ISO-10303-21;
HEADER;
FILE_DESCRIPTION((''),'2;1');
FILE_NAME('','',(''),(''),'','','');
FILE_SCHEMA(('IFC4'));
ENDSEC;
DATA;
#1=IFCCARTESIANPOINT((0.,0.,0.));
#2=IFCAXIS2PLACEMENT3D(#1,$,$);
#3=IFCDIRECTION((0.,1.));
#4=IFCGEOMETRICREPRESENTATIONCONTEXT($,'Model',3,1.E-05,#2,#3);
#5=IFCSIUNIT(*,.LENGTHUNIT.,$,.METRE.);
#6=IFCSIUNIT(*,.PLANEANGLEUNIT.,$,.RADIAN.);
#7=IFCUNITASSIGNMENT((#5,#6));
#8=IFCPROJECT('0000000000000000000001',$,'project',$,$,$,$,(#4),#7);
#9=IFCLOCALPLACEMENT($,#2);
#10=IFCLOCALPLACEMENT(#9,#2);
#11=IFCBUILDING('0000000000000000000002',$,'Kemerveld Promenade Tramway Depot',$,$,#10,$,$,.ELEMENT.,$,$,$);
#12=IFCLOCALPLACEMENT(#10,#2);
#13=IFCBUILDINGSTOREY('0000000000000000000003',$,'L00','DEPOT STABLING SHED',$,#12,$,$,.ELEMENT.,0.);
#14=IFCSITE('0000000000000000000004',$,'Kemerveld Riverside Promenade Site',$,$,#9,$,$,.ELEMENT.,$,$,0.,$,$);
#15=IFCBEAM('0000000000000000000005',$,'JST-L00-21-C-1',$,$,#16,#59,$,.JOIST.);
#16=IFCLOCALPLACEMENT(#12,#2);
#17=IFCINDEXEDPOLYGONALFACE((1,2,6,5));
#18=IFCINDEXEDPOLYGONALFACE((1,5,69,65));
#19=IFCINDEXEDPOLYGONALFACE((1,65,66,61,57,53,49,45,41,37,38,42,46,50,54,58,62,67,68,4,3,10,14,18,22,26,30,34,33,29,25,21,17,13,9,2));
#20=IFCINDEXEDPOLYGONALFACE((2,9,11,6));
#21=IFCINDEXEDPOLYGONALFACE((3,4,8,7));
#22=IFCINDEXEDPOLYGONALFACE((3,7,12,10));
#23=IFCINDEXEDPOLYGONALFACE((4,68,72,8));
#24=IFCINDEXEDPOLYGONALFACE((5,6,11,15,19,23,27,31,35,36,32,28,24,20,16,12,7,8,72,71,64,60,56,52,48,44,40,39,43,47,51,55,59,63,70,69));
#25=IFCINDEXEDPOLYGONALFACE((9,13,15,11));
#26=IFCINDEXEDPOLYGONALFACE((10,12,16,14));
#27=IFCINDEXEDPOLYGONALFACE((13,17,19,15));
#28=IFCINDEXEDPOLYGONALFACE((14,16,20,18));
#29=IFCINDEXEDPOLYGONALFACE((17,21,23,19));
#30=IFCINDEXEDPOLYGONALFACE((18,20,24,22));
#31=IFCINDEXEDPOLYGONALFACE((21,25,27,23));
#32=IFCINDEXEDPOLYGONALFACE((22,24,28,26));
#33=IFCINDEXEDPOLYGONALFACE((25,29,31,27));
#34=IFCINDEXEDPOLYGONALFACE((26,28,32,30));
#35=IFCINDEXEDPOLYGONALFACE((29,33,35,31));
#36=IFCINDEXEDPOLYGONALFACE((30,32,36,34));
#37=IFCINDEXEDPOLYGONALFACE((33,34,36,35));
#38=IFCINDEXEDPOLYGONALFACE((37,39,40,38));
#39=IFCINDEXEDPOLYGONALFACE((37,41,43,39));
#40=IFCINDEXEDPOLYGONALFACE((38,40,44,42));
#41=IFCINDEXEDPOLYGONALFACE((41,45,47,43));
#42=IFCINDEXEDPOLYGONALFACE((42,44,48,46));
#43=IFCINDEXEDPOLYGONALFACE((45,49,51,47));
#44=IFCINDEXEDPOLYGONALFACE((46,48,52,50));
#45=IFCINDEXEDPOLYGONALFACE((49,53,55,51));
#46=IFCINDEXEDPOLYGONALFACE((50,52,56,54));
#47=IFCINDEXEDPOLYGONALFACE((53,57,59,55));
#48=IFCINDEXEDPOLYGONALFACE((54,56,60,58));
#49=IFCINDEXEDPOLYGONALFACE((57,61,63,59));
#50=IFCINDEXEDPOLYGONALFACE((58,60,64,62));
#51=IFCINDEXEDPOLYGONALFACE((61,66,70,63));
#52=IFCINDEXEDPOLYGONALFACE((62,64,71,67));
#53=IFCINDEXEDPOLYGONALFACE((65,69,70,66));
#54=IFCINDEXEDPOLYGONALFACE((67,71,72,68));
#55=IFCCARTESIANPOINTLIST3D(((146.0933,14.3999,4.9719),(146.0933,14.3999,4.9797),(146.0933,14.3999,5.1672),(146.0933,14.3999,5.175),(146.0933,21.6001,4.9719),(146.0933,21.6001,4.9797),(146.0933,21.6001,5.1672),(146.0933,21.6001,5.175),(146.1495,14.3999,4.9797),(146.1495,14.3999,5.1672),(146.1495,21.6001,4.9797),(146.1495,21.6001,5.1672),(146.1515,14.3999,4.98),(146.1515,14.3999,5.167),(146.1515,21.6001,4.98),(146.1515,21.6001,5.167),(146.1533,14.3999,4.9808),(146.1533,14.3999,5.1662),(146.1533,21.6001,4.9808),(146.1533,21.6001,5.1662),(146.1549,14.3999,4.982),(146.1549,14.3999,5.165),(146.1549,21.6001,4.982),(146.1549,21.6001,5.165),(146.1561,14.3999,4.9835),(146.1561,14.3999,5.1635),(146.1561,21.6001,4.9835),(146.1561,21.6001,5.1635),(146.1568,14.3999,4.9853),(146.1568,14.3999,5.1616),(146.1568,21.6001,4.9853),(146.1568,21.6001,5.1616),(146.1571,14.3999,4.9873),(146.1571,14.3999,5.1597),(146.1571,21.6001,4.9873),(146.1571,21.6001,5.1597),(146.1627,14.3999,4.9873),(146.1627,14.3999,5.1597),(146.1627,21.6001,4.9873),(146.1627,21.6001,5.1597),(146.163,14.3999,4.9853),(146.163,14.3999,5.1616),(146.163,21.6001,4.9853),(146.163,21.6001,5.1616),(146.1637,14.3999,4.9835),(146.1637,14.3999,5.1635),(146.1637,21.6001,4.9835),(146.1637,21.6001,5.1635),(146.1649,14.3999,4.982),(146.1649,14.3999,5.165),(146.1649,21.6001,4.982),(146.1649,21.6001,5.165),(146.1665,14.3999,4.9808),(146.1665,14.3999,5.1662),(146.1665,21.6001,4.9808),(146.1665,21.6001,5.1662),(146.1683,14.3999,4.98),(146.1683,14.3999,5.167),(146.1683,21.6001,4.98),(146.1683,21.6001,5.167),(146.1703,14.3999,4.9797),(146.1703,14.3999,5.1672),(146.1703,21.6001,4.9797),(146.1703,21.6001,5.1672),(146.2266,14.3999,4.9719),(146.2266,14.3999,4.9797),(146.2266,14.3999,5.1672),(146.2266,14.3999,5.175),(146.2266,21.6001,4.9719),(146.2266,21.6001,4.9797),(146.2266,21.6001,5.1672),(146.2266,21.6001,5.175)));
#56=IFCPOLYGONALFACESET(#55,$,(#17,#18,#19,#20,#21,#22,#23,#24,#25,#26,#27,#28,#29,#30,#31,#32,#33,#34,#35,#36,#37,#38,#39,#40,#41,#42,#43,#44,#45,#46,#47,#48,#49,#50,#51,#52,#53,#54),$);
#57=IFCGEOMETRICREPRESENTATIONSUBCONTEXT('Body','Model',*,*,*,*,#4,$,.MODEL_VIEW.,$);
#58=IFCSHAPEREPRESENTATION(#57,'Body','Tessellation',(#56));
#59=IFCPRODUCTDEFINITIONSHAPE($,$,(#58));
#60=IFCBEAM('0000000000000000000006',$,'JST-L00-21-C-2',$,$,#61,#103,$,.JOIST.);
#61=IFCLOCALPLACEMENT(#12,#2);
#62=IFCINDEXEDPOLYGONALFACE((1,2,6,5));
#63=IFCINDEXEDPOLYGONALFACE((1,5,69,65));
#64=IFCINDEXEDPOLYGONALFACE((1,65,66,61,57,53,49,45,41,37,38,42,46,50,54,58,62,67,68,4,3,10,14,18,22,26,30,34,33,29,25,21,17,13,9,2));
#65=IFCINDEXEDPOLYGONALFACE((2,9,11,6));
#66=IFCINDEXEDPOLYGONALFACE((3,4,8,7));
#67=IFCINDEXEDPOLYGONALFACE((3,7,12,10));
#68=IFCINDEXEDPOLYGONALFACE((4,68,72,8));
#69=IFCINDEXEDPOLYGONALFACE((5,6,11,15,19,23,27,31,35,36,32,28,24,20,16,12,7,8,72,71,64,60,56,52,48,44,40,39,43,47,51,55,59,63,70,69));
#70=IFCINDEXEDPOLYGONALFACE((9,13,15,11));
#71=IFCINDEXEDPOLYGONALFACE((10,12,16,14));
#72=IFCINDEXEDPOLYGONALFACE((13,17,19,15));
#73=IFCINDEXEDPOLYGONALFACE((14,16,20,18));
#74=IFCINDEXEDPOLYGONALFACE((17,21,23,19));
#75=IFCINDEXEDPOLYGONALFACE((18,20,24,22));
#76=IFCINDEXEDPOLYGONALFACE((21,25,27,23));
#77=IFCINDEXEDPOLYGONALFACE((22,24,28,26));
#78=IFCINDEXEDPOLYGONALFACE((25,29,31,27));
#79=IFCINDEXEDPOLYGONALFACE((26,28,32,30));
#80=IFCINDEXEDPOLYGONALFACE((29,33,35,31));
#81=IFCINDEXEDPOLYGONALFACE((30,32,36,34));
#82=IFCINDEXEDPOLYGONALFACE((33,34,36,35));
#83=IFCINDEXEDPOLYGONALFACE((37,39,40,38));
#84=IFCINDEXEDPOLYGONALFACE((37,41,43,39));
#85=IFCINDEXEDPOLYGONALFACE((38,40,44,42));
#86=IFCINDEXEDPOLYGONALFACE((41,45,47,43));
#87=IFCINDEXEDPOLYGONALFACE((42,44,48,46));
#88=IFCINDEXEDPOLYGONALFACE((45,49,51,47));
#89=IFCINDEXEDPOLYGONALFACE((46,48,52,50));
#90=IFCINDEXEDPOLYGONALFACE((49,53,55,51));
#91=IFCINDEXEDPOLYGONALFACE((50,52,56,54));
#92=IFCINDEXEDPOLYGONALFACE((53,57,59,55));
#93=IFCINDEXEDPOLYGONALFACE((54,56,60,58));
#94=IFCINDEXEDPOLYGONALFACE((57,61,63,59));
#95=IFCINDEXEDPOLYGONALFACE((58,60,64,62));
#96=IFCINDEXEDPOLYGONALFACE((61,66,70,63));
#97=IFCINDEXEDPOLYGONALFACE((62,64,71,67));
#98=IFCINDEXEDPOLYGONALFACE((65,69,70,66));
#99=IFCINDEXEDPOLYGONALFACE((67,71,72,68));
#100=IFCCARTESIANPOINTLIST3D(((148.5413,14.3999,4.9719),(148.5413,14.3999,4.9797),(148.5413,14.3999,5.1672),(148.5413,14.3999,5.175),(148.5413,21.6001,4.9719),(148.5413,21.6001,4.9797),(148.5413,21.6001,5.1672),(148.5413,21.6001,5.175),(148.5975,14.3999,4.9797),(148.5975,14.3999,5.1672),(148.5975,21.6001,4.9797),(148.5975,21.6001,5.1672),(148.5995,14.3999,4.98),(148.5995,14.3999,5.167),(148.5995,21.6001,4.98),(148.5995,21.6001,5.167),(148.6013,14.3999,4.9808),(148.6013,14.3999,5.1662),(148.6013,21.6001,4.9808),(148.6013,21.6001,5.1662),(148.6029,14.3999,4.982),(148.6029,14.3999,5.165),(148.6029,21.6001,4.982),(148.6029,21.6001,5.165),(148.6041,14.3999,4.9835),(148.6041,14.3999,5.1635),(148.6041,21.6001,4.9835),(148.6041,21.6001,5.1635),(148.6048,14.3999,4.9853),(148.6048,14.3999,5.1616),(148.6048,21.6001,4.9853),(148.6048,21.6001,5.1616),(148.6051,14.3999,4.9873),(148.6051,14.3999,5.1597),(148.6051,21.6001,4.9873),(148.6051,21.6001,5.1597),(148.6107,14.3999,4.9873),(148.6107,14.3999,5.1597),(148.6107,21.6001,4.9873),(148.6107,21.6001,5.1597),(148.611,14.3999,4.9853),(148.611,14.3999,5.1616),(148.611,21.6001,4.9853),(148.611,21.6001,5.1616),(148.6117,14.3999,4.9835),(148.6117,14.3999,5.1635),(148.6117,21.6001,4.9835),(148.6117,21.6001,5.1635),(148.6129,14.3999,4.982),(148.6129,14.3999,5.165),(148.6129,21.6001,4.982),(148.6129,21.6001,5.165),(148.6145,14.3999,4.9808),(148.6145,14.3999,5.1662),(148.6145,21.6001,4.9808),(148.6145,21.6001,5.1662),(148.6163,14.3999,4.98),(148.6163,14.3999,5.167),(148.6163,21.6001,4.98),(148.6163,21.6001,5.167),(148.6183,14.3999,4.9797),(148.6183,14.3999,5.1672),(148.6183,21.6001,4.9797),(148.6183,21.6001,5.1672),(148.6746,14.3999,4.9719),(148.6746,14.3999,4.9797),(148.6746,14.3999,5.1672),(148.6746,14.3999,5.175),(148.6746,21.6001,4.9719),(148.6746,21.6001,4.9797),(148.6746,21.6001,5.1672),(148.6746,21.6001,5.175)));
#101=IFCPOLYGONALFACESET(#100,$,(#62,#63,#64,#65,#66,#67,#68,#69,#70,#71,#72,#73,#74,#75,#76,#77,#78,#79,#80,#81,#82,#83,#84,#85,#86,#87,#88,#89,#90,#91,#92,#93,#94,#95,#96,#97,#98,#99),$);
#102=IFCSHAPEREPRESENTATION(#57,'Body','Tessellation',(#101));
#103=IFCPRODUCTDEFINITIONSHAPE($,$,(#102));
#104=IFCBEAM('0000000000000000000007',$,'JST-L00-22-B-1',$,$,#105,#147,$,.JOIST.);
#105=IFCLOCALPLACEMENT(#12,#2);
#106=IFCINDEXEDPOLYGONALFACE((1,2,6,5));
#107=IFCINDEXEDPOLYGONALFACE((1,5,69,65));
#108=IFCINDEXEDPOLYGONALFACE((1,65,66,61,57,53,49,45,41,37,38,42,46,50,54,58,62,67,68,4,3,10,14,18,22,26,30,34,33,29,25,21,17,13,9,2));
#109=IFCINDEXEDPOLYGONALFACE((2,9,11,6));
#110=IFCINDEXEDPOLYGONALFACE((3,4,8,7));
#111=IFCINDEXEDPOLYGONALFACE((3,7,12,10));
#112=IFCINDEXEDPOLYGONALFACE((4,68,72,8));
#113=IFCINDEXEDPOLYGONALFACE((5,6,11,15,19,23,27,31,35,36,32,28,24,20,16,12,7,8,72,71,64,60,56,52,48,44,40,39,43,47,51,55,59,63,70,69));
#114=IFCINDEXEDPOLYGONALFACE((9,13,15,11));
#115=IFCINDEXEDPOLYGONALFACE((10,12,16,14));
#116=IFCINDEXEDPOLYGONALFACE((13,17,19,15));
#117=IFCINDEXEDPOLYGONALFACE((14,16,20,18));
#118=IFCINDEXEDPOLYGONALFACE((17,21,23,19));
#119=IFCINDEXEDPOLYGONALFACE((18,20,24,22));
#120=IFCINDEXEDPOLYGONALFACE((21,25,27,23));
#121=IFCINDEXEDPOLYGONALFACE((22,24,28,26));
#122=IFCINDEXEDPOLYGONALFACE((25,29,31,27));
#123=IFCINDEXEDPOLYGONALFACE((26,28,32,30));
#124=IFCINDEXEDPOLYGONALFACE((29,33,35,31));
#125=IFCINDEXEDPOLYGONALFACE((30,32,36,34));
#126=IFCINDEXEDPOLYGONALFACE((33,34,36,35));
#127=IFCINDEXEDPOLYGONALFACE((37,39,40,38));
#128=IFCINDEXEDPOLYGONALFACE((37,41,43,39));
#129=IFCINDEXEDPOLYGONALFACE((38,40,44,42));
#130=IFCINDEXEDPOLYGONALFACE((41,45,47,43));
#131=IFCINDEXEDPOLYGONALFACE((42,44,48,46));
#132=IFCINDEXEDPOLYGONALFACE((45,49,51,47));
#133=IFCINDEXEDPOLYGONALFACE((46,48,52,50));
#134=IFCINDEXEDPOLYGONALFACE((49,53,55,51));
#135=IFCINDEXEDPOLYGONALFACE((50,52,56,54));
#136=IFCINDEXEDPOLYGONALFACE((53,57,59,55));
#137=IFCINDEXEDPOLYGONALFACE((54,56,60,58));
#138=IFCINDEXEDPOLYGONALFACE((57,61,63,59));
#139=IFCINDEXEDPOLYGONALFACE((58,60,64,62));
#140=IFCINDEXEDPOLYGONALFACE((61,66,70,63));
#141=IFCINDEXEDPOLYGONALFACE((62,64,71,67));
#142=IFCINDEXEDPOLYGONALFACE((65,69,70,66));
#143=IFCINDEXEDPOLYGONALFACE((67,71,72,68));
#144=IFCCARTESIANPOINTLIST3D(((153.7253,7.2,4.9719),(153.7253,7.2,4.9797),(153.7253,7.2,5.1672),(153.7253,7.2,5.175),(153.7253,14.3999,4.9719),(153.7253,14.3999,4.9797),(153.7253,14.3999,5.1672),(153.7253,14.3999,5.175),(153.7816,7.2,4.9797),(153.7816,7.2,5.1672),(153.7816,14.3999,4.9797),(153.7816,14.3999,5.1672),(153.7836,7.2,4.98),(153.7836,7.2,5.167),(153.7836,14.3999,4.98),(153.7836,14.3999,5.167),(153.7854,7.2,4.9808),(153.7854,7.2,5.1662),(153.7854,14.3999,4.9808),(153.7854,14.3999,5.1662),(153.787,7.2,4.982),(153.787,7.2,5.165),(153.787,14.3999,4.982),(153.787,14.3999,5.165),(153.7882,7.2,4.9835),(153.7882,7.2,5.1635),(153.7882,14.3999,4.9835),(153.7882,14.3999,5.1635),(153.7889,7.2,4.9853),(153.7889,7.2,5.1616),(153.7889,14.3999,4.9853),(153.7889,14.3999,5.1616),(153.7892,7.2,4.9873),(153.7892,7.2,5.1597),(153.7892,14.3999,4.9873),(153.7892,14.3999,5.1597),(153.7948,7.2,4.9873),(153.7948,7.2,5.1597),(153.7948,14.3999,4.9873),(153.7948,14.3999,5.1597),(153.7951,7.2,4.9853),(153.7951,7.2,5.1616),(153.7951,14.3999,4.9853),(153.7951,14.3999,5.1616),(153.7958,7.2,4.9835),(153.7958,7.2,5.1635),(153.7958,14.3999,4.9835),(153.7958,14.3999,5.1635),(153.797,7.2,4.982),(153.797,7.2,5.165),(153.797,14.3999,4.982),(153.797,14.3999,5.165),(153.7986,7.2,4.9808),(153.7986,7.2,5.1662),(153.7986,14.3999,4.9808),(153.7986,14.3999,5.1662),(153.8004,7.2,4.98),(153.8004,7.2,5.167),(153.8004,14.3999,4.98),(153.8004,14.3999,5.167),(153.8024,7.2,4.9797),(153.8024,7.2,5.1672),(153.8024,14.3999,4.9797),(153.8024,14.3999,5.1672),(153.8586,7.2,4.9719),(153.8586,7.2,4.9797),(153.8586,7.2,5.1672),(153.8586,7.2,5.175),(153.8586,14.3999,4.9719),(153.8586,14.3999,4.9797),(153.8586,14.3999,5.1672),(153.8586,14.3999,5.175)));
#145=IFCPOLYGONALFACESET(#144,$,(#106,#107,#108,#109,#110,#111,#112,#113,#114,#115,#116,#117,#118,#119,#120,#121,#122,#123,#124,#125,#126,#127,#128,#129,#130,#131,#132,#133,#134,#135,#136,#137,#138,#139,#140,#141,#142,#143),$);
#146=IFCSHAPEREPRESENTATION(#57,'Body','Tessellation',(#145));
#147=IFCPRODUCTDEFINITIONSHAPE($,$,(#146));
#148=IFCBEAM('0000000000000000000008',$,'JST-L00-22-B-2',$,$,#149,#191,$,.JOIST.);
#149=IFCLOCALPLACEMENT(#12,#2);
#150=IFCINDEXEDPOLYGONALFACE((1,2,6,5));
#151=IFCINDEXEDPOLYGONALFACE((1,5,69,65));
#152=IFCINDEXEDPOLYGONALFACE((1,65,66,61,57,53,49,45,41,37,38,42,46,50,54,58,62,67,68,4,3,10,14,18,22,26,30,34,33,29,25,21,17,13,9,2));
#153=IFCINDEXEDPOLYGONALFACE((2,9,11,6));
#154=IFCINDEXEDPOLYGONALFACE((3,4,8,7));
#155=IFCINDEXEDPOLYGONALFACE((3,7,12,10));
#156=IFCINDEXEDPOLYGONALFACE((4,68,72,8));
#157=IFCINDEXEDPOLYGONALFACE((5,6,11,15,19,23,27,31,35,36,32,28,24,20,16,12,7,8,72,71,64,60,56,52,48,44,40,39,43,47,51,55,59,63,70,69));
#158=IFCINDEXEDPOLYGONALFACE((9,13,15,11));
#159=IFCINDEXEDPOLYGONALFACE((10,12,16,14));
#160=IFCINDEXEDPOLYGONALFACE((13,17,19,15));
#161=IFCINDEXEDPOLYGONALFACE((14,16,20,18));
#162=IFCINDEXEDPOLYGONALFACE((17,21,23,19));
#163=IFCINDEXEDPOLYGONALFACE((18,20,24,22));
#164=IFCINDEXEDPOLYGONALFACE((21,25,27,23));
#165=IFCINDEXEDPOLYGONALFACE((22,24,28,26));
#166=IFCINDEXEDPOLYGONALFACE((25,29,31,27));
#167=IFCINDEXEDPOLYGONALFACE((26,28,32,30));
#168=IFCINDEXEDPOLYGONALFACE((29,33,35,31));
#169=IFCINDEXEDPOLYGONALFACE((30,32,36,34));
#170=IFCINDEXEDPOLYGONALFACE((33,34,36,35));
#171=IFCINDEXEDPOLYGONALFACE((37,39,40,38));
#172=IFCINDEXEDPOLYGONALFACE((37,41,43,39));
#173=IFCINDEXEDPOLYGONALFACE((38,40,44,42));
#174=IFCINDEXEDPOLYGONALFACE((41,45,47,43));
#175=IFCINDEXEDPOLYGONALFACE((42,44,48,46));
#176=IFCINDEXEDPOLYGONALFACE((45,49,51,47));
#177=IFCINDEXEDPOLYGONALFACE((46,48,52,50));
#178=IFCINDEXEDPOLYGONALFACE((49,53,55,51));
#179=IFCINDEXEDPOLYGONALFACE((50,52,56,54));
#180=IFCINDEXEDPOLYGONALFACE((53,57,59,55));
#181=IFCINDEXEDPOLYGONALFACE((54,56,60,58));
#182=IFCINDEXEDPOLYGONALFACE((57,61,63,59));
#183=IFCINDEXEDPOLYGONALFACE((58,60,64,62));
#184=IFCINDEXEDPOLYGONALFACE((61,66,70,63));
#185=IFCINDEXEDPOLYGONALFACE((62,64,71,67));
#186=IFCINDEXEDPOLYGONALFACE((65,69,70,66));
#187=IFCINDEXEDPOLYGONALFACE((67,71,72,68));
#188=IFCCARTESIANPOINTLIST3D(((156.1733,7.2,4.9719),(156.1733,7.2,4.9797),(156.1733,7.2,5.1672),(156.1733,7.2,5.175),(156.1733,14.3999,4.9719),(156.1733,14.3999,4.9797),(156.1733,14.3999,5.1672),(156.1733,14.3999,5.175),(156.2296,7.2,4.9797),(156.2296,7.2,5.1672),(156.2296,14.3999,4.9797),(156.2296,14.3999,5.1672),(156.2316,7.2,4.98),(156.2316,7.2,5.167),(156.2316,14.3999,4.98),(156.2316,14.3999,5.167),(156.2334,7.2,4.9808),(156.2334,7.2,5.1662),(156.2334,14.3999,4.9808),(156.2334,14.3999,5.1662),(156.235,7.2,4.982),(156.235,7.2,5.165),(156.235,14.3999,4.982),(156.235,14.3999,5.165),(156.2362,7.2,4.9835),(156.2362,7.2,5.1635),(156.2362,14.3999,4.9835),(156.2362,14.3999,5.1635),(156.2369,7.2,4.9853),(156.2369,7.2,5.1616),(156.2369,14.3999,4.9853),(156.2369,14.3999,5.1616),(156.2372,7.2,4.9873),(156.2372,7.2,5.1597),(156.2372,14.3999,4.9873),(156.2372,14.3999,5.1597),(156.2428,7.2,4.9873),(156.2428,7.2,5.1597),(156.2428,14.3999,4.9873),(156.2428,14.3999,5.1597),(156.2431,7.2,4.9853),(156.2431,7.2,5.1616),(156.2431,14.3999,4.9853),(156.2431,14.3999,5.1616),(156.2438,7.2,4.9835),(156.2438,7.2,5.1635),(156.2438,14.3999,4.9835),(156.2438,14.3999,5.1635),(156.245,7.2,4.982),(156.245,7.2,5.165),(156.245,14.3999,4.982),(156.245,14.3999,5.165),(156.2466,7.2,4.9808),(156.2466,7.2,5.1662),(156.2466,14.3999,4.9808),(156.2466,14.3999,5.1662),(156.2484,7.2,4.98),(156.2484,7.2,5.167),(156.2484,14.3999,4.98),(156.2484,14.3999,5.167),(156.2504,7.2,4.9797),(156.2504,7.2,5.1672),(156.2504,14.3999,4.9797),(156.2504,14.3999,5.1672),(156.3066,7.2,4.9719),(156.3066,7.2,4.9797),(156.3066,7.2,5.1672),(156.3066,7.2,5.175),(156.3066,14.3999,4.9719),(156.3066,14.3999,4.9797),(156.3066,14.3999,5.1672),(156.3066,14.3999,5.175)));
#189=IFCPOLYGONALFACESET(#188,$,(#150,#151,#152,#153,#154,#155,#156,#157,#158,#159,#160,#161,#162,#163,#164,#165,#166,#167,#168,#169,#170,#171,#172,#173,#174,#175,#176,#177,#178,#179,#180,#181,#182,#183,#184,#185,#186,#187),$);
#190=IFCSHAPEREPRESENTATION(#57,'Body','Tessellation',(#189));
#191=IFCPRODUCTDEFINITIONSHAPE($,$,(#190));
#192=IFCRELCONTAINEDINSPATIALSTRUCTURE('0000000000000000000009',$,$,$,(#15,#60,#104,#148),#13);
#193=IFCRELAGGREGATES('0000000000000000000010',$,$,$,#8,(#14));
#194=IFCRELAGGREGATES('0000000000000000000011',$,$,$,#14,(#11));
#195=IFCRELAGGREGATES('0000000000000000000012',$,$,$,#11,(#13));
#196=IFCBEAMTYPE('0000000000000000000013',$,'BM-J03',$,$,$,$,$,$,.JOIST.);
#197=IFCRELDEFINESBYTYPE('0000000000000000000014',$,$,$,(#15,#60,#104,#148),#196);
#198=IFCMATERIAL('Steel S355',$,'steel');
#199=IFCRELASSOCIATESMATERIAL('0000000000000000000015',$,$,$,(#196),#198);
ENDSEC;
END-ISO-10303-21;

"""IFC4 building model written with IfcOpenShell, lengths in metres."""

from ifc_helpers import new_model, si_unit, direction, frame, origin, origin_2d, place, context, subcontext, project, spatial, i_section, extrude, material, material_profile, profile_set, type_object, element, save


model = new_model("IFC4")

# Units and contexts
model_context = context("Model", 3, precision=1e-05, world=origin(), true_north=direction((0.0, 1.0)))
body_context = subcontext(model_context, "Body", "Model", "MODEL_VIEW")
ifc_project = project(units=[si_unit("LENGTHUNIT", "METRE"), si_unit("PLANEANGLEUNIT", "RADIAN")], contexts=[model_context])

# Site, building, storey
site_placement = place(None, origin())
site = spatial("IfcSite", under=ifc_project, at=site_placement, Name="Kemerveld Riverside Promenade Site", CompositionType="ELEMENT", RefElevation=0.0)
building_placement = place(site_placement, origin())
building = spatial("IfcBuilding", under=site, at=building_placement, Name="Kemerveld Promenade Tramway Depot", CompositionType="ELEMENT")
storey_placement = place(building_placement, origin())
storey = spatial("IfcBuildingStorey", under=building, at=storey_placement, Name="L00", Description="DEPOT STABLING SHED", CompositionType="ELEMENT", Elevation=0.0)

# Shared definitions
ifc_material_1 = material(Name="Steel S355", Category="steel")

# Beams
ifc_material_profile_1 = material_profile(ifc_material_1, i_section(OverallWidth=0.1333, OverallDepth=0.2031, WebThickness=0.0056, FlangeThickness=0.0078, FilletRadius=0.0076, at=origin_2d()), Name="203x133x25 UB")
ifc_profile_set_1 = profile_set([ifc_material_profile_1], Name="Steel S355")
beam_type_1 = type_object("IfcBeamType", Name="BM-J03", PredefinedType="JOIST", material=ifc_profile_set_1)
for number, where, z_axis, x_axis, name in (
    (1, (146.1599, 14.3999, 5.0735), (0.0, 1.0, 0.0), (-1.0, 0.0, 0.0), "JST-L00-21-C-1"),
    (2, (148.6079, 14.3999, 5.0735), (0.0, 1.0, 0.0), (-1.0, 0.0, 0.0), "JST-L00-21-C-2"),
):
    element("IfcBeam", number, at=place(storey_placement, frame(where, z_axis=z_axis, x_axis=x_axis)), inside=storey, type_object=beam_type_1, Name=name, PredefinedType="JOIST", context=body_context, shape_type="SweptSolid", body=[
        extrude(i_section(OverallWidth=0.1333, OverallDepth=0.2031, WebThickness=0.0056, FlangeThickness=0.0078, FilletRadius=0.0076, at=origin_2d()), origin(), (0.0, 0.0, 1.0), 7.2002),
    ])
for number, where, z_axis, x_axis, name in (
    (3, (153.792, 7.2, 5.0735), (0.0, 1.0, 0.0), (-1.0, 0.0, 0.0), "JST-L00-22-B-1"),
    (4, (156.24, 7.2, 5.0735), (0.0, 1.0, 0.0), (-1.0, 0.0, 0.0), "JST-L00-22-B-2"),
):
    element("IfcBeam", number, at=place(storey_placement, frame(where, z_axis=z_axis, x_axis=x_axis)), inside=storey, type_object=beam_type_1, Name=name, PredefinedType="JOIST", context=body_context, shape_type="SweptSolid", body=[
        extrude(i_section(OverallWidth=0.1333, OverallDepth=0.2031, WebThickness=0.0056, FlangeThickness=0.0078, FilletRadius=0.0076, at=origin_2d()), origin(), (0.0, 0.0, 1.0), 7.2),
    ])

save(model, "model.ifc")
